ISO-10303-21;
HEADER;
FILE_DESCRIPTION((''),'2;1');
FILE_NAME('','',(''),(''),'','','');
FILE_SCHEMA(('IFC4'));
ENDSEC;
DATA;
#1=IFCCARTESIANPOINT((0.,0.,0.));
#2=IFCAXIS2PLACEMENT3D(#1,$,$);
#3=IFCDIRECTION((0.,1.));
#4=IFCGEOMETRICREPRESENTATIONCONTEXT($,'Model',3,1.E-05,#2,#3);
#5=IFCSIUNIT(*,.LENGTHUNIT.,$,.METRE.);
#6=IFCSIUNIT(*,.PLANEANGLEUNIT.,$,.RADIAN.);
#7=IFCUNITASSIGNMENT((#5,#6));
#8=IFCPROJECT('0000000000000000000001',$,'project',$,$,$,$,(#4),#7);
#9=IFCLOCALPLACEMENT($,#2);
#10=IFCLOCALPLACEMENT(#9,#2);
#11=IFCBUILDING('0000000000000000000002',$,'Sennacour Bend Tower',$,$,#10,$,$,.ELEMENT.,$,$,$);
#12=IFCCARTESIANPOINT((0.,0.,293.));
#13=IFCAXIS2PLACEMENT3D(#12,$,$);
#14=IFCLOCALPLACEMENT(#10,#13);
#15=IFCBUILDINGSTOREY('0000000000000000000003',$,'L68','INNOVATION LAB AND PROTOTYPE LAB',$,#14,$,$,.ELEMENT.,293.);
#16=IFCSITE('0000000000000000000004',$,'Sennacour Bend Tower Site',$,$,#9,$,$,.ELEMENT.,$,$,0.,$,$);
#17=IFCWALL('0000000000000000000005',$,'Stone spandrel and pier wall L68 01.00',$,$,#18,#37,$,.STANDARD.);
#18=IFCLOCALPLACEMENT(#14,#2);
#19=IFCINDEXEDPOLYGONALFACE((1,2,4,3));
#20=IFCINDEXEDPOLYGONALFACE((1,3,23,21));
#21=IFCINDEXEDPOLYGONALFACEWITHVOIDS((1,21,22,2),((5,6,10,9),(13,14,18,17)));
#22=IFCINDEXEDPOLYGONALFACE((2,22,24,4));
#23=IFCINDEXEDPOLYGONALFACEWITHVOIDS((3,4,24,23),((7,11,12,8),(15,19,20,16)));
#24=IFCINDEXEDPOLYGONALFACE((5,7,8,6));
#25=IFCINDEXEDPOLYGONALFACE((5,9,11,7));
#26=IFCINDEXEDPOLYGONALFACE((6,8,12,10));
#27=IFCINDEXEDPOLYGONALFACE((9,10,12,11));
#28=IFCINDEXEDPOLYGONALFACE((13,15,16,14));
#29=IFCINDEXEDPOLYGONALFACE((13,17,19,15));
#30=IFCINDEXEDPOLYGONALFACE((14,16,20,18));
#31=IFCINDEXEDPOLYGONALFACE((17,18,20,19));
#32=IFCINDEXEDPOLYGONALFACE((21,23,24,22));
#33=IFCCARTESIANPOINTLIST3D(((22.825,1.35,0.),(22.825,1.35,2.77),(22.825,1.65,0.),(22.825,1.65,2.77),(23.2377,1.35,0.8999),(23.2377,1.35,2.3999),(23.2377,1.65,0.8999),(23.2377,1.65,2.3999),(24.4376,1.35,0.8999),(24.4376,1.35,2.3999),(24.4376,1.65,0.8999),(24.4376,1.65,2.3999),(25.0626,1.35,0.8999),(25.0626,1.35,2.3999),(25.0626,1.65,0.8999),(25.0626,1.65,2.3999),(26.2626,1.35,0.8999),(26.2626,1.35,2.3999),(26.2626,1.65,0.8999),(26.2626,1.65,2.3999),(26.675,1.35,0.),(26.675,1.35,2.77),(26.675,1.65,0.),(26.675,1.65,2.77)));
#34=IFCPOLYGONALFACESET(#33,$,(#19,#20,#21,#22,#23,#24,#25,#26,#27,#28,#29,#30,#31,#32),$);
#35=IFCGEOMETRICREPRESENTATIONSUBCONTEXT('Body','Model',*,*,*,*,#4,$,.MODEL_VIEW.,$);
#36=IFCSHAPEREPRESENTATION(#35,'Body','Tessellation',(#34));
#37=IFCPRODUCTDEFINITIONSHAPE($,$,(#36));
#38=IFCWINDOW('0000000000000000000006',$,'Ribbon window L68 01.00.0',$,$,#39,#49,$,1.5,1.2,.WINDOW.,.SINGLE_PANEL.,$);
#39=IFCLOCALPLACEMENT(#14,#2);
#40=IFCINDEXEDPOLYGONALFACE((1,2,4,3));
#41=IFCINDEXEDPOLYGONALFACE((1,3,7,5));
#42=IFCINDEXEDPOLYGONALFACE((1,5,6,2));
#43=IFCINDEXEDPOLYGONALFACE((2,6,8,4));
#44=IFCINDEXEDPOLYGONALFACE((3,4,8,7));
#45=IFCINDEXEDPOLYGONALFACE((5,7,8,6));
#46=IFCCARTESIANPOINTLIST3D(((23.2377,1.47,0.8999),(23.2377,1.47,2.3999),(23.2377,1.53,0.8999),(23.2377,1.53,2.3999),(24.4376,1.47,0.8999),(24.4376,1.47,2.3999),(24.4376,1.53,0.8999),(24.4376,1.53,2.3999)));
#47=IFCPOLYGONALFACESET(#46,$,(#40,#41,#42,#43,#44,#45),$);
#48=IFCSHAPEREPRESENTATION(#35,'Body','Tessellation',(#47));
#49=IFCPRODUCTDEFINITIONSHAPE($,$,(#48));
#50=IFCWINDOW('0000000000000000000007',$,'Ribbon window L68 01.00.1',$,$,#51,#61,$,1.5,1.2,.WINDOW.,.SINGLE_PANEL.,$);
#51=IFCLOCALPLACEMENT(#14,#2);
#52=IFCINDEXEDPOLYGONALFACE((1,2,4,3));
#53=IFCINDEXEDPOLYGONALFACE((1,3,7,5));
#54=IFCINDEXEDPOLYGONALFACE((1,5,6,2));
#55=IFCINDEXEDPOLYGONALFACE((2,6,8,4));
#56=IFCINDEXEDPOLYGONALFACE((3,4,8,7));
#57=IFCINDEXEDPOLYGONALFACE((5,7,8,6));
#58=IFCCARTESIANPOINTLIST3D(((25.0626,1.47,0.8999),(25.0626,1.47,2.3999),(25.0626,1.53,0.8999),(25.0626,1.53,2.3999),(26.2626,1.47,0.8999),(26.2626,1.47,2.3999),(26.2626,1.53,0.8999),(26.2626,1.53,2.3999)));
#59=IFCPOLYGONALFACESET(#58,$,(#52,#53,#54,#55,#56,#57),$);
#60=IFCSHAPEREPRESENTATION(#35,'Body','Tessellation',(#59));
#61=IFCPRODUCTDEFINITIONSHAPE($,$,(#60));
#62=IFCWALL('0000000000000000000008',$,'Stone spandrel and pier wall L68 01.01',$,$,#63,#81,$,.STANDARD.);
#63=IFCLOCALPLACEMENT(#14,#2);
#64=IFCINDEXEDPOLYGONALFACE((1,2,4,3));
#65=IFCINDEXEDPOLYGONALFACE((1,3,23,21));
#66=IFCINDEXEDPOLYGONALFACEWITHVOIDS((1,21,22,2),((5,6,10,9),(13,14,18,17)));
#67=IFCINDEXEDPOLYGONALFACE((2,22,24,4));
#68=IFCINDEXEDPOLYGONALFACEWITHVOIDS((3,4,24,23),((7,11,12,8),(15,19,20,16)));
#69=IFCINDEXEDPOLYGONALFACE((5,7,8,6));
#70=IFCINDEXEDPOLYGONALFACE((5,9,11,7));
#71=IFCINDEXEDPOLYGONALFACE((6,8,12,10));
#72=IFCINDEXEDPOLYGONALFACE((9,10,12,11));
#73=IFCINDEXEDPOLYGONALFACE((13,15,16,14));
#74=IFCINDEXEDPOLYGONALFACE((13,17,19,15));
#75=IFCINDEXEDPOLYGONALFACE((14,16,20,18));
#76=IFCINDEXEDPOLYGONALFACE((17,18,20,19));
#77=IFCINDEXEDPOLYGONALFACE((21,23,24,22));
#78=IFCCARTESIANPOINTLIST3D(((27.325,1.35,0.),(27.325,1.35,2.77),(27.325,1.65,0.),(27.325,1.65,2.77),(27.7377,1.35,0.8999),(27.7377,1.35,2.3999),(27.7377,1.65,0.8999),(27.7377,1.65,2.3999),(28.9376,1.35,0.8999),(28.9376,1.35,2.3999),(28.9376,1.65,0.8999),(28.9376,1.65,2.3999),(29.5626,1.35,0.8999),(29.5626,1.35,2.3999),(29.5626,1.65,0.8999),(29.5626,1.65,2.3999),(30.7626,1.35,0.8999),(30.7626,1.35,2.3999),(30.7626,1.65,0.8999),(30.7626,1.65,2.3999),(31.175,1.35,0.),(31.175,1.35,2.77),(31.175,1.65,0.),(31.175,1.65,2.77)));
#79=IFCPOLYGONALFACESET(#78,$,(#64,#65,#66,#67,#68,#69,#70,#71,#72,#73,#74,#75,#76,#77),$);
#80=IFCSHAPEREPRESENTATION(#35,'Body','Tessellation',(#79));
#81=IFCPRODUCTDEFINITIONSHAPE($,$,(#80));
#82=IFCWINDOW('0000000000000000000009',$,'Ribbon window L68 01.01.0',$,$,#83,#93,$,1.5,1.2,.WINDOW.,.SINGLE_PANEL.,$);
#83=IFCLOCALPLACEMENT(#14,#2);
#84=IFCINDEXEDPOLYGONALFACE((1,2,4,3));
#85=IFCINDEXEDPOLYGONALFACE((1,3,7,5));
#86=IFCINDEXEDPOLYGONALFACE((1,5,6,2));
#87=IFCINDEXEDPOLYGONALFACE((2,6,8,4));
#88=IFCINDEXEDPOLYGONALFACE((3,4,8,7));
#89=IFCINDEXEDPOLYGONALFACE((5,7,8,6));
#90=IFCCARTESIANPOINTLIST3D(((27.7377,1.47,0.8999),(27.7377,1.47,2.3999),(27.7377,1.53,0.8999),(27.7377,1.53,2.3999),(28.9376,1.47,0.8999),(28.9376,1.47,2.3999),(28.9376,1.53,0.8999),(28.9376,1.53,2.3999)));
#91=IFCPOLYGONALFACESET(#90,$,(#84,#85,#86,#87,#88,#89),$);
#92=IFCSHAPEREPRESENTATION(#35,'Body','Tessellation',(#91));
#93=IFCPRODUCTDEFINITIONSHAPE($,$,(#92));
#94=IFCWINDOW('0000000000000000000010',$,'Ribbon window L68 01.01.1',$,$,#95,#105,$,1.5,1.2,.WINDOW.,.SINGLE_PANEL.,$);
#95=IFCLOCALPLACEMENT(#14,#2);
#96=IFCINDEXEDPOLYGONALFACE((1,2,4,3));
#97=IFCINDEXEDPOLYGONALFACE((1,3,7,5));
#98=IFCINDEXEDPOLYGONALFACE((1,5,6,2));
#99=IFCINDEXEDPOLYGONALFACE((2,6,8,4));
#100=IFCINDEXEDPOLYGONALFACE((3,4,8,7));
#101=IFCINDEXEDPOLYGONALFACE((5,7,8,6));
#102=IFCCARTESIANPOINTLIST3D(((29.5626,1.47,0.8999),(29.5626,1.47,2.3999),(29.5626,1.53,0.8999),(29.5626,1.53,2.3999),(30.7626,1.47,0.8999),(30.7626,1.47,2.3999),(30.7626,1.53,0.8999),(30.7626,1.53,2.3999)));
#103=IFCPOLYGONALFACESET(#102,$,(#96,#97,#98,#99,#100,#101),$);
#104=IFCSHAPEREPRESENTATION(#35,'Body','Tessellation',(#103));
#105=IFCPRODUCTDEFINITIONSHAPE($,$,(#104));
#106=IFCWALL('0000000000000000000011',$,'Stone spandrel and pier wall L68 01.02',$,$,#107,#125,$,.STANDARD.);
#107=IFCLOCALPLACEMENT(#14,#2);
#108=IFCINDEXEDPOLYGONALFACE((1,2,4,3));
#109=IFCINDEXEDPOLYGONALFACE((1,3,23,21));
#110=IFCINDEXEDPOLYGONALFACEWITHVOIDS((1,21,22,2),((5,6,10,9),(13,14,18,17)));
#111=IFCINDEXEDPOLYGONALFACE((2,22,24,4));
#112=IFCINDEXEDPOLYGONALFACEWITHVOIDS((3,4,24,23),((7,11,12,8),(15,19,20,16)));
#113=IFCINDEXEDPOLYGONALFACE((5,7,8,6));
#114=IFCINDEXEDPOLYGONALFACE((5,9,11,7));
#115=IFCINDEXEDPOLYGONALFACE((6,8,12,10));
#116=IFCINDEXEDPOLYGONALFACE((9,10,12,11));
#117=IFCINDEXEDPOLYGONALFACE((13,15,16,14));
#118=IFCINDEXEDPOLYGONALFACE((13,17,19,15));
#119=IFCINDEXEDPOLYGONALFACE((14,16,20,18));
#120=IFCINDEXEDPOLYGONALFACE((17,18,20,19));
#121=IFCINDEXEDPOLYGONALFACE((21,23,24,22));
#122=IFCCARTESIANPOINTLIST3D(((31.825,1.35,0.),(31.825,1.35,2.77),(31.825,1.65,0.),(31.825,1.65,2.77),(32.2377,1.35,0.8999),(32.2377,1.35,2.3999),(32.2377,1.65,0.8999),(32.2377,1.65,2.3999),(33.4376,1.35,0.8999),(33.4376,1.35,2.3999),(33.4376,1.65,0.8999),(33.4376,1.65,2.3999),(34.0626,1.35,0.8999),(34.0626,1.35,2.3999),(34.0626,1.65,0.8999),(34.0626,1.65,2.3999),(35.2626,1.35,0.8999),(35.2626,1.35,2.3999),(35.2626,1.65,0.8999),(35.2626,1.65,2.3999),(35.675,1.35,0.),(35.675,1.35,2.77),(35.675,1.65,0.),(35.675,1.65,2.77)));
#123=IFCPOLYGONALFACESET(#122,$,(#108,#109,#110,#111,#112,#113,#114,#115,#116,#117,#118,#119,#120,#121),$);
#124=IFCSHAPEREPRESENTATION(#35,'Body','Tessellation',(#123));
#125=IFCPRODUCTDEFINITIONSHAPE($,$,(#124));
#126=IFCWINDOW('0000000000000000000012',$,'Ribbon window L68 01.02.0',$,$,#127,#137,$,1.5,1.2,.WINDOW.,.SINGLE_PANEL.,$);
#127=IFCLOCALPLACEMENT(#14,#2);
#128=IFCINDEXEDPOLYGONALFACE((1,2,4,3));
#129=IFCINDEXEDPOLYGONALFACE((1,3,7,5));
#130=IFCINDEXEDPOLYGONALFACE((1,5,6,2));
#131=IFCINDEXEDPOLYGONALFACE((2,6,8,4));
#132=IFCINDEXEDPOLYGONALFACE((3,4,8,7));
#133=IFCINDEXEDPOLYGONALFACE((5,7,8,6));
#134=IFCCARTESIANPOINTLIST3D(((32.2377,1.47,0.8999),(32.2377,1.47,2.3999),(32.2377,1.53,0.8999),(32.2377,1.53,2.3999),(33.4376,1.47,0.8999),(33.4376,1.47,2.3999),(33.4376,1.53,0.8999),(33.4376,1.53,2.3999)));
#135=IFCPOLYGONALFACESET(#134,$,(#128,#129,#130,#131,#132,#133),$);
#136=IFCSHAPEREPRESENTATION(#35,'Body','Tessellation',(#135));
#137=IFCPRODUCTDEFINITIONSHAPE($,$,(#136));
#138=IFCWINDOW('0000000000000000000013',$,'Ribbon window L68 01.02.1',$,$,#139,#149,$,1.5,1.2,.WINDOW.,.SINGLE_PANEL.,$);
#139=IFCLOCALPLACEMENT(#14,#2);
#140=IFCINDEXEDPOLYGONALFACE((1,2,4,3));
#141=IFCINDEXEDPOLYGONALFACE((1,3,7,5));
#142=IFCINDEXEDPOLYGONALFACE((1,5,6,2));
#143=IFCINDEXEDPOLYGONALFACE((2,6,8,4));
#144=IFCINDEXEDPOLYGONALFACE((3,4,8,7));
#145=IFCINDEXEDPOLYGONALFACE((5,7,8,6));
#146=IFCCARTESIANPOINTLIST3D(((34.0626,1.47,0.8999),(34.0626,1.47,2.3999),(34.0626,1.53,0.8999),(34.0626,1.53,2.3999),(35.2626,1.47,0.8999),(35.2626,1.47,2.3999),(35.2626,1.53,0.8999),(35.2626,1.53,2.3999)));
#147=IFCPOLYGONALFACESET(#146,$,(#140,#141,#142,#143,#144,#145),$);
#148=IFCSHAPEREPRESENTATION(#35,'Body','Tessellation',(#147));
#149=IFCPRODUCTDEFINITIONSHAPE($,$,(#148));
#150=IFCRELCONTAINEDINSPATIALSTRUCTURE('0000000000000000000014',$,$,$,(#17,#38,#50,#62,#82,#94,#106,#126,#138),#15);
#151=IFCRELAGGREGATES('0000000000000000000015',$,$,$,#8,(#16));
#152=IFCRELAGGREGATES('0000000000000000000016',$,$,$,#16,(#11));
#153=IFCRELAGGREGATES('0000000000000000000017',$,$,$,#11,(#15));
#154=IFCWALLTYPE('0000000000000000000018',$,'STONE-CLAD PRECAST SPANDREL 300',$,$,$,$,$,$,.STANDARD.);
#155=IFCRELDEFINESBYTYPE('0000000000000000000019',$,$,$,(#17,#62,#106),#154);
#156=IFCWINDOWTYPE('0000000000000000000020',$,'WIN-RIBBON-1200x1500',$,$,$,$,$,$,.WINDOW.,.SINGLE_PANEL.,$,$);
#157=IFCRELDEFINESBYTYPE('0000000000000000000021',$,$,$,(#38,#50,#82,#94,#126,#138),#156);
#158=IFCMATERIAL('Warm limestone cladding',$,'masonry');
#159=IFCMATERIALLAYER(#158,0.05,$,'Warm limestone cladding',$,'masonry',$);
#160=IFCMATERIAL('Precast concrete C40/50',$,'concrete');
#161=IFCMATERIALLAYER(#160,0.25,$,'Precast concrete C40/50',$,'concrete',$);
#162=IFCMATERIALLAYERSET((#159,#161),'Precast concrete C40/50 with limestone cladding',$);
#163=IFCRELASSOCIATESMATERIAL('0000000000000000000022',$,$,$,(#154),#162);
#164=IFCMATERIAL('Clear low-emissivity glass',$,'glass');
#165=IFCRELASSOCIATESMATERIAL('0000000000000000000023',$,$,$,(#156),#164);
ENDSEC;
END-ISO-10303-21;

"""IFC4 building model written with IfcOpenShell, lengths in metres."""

from ifc_helpers import new_model, si_unit, direction, frame, frame_2d, origin, place, context, subcontext, project, spatial, rectangle, extrude, material, layer, layer_set, type_object, element, fill, save


model = new_model("IFC4")

# Units and contexts
model_context = context("Model", 3, precision=1e-05, world=origin(), true_north=direction((0.0, 1.0)))
body_context = subcontext(model_context, "Body", "Model", "MODEL_VIEW")
ifc_project = project(units=[si_unit("LENGTHUNIT", "METRE"), si_unit("PLANEANGLEUNIT", "RADIAN")], contexts=[model_context])

# Site, building, storey
site_placement = place(None, origin())
site = spatial("IfcSite", under=ifc_project, at=site_placement, Name="Sennacour Bend Tower Site", CompositionType="ELEMENT", RefElevation=0.0)
building_placement = place(site_placement, origin())
building = spatial("IfcBuilding", under=site, at=building_placement, Name="Sennacour Bend Tower", CompositionType="ELEMENT")
storey_placement = place(building_placement, frame((0.0, 0.0, 293.0)))
storey = spatial("IfcBuildingStorey", under=building, at=storey_placement, Name="L68", Description="INNOVATION LAB AND PROTOTYPE LAB", CompositionType="ELEMENT", Elevation=293.0)

# Walls, openings, windows
ifc_material_1 = material(Name="Warm limestone cladding", Category="masonry")
ifc_layer_1 = layer(ifc_material_1, 0.05, Name="Warm limestone cladding", Category="masonry")
ifc_material_2 = material(Name="Precast concrete C40/50", Category="concrete")
ifc_layer_2 = layer(ifc_material_2, 0.25, Name="Precast concrete C40/50", Category="concrete")
ifc_layer_set_1 = layer_set([ifc_layer_1, ifc_layer_2], Name="Precast concrete C40/50 with limestone cladding")
wall_type_1 = type_object("IfcWallType", Name="STONE-CLAD PRECAST SPANDREL 300", PredefinedType="STANDARD", material=ifc_layer_set_1)
wall_1_placement = place(storey_placement, frame((22.825, 1.5, 0.0), z_axis=(0.0, 0.0, 1.0), x_axis=(1.0, 0.0, 0.0)))
wall_1 = element("IfcWall", 1, at=wall_1_placement, inside=storey, type_object=wall_type_1, Name="Stone spandrel and pier wall L68 01.00", PredefinedType="STANDARD", context=body_context, shape_type="SweptSolid", body=[
    extrude(rectangle(XDim=3.8501, YDim=0.3, at=frame_2d((1.925, 0.0))), origin(), (0.0, 0.0, 1.0), 2.77),
])
opening_1_placement = place(wall_1_placement, frame((0.4126, 0.0, 0.8999)))
opening_1 = element("IfcOpeningElement", 2, at=opening_1_placement, cuts=wall_1, PredefinedType="OPENING", context=body_context, shape_type="SweptSolid", body=[
    extrude(rectangle(XDim=1.2, YDim=1.5, at=frame_2d((0.6001, 0.75))), frame((0.0, 0.1602, 0.0), z_axis=(0.0, -1.0, 0.0), x_axis=(1.0, 0.0, 0.0)), (0.0, 0.0, 1.0), 0.3201),
])
opening_2_placement = place(wall_1_placement, frame((2.2375, 0.0, 0.8999)))
opening_2 = element("IfcOpeningElement", 3, at=opening_2_placement, cuts=wall_1, PredefinedType="OPENING", context=body_context, shape_type="SweptSolid", body=[
    extrude(rectangle(XDim=1.2, YDim=1.5, at=frame_2d((0.6001, 0.75))), frame((0.0, 0.1602, 0.0), z_axis=(0.0, -1.0, 0.0), x_axis=(1.0, 0.0, 0.0)), (0.0, 0.0, 1.0), 0.3201),
])
ifc_material_3 = material(Name="Clear low-emissivity glass", Category="glass")
window_type = type_object("IfcWindowType", Name="WIN-RIBBON-1200x1500", PartitioningType="SINGLE_PANEL", PredefinedType="WINDOW", material=ifc_material_3)
window_1_placement = place(opening_1_placement, origin())
window_1 = element("IfcWindow", 4, at=window_1_placement, inside=storey, type_object=window_type, Name="Ribbon window L68 01.00.0", OverallHeight=1.5, OverallWidth=1.2, PartitioningType="SINGLE_PANEL", PredefinedType="WINDOW", context=body_context, shape_type="SweptSolid", body=[
    extrude(rectangle(XDim=1.2, YDim=1.5, at=frame_2d((0.6001, 0.75))), frame((0.0, 0.03, 0.0), z_axis=(0.0, -1.0, 0.0), x_axis=(1.0, 0.0, 0.0)), (0.0, 0.0, 1.0), 0.0601),
])
fill(opening_1, window_1)
window_2_placement = place(opening_2_placement, origin())
window_2 = element("IfcWindow", 5, at=window_2_placement, inside=storey, type_object=window_type, Name="Ribbon window L68 01.00.1", OverallHeight=1.5, OverallWidth=1.2, PartitioningType="SINGLE_PANEL", PredefinedType="WINDOW", context=body_context, shape_type="SweptSolid", body=[
    extrude(rectangle(XDim=1.2, YDim=1.5, at=frame_2d((0.6001, 0.75))), frame((0.0, 0.03, 0.0), z_axis=(0.0, -1.0, 0.0), x_axis=(1.0, 0.0, 0.0)), (0.0, 0.0, 1.0), 0.0601),
])
fill(opening_2, window_2)
wall_2_placement = place(storey_placement, frame((27.325, 1.5, 0.0), z_axis=(0.0, 0.0, 1.0), x_axis=(1.0, 0.0, 0.0)))
wall_2 = element("IfcWall", 6, at=wall_2_placement, inside=storey, type_object=wall_type_1, Name="Stone spandrel and pier wall L68 01.01", PredefinedType="STANDARD", context=body_context, shape_type="SweptSolid", body=[
    extrude(rectangle(XDim=3.8501, YDim=0.3, at=frame_2d((1.925, 0.0))), origin(), (0.0, 0.0, 1.0), 2.77),
])
opening_3_placement = place(wall_2_placement, frame((0.4126, 0.0, 0.8999)))
opening_3 = element("IfcOpeningElement", 7, at=opening_3_placement, cuts=wall_2, PredefinedType="OPENING", context=body_context, shape_type="SweptSolid", body=[
    extrude(rectangle(XDim=1.2, YDim=1.5, at=frame_2d((0.6001, 0.75))), frame((0.0, 0.1602, 0.0), z_axis=(0.0, -1.0, 0.0), x_axis=(1.0, 0.0, 0.0)), (0.0, 0.0, 1.0), 0.3201),
])
opening_4_placement = place(wall_2_placement, frame((2.2375, 0.0, 0.8999)))
opening_4 = element("IfcOpeningElement", 8, at=opening_4_placement, cuts=wall_2, PredefinedType="OPENING", context=body_context, shape_type="SweptSolid", body=[
    extrude(rectangle(XDim=1.2, YDim=1.5, at=frame_2d((0.6001, 0.75))), frame((0.0, 0.1602, 0.0), z_axis=(0.0, -1.0, 0.0), x_axis=(1.0, 0.0, 0.0)), (0.0, 0.0, 1.0), 0.3201),
])
window_3_placement = place(opening_3_placement, origin())
window_3 = element("IfcWindow", 9, at=window_3_placement, inside=storey, type_object=window_type, Name="Ribbon window L68 01.01.0", OverallHeight=1.5, OverallWidth=1.2, PartitioningType="SINGLE_PANEL", PredefinedType="WINDOW", context=body_context, shape_type="SweptSolid", body=[
    extrude(rectangle(XDim=1.2, YDim=1.5, at=frame_2d((0.6001, 0.75))), frame((0.0, 0.03, 0.0), z_axis=(0.0, -1.0, 0.0), x_axis=(1.0, 0.0, 0.0)), (0.0, 0.0, 1.0), 0.0601),
])
fill(opening_3, window_3)
window_4_placement = place(opening_4_placement, origin())
window_4 = element("IfcWindow", 10, at=window_4_placement, inside=storey, type_object=window_type, Name="Ribbon window L68 01.01.1", OverallHeight=1.5, OverallWidth=1.2, PartitioningType="SINGLE_PANEL", PredefinedType="WINDOW", context=body_context, shape_type="SweptSolid", body=[
    extrude(rectangle(XDim=1.2, YDim=1.5, at=frame_2d((0.6001, 0.75))), frame((0.0, 0.03, 0.0), z_axis=(0.0, -1.0, 0.0), x_axis=(1.0, 0.0, 0.0)), (0.0, 0.0, 1.0), 0.0601),
])
fill(opening_4, window_4)
wall_3_placement = place(storey_placement, frame((31.825, 1.5, 0.0), z_axis=(0.0, 0.0, 1.0), x_axis=(1.0, 0.0, 0.0)))
wall_3 = element("IfcWall", 11, at=wall_3_placement, inside=storey, type_object=wall_type_1, Name="Stone spandrel and pier wall L68 01.02", PredefinedType="STANDARD", context=body_context, shape_type="SweptSolid", body=[
    extrude(rectangle(XDim=3.8501, YDim=0.3, at=frame_2d((1.925, 0.0))), origin(), (0.0, 0.0, 1.0), 2.77),
])
opening_5_placement = place(wall_3_placement, frame((0.4126, 0.0, 0.8999)))
opening_5 = element("IfcOpeningElement", 12, at=opening_5_placement, cuts=wall_3, PredefinedType="OPENING", context=body_context, shape_type="SweptSolid", body=[
    extrude(rectangle(XDim=1.2, YDim=1.5, at=frame_2d((0.6001, 0.75))), frame((0.0, 0.1602, 0.0), z_axis=(0.0, -1.0, 0.0), x_axis=(1.0, 0.0, 0.0)), (0.0, 0.0, 1.0), 0.3201),
])
opening_6_placement = place(wall_3_placement, frame((2.2375, 0.0, 0.8999)))
opening_6 = element("IfcOpeningElement", 13, at=opening_6_placement, cuts=wall_3, PredefinedType="OPENING", context=body_context, shape_type="SweptSolid", body=[
    extrude(rectangle(XDim=1.2, YDim=1.5, at=frame_2d((0.6001, 0.75))), frame((0.0, 0.1602, 0.0), z_axis=(0.0, -1.0, 0.0), x_axis=(1.0, 0.0, 0.0)), (0.0, 0.0, 1.0), 0.3201),
])
window_5_placement = place(opening_5_placement, origin())
window_5 = element("IfcWindow", 14, at=window_5_placement, inside=storey, type_object=window_type, Name="Ribbon window L68 01.02.0", OverallHeight=1.5, OverallWidth=1.2, PartitioningType="SINGLE_PANEL", PredefinedType="WINDOW", context=body_context, shape_type="SweptSolid", body=[
    extrude(rectangle(XDim=1.2, YDim=1.5, at=frame_2d((0.6001, 0.75))), frame((0.0, 0.03, 0.0), z_axis=(0.0, -1.0, 0.0), x_axis=(1.0, 0.0, 0.0)), (0.0, 0.0, 1.0), 0.0601),
])
fill(opening_5, window_5)
window_6_placement = place(opening_6_placement, origin())
window_6 = element("IfcWindow", 15, at=window_6_placement, inside=storey, type_object=window_type, Name="Ribbon window L68 01.02.1", OverallHeight=1.5, OverallWidth=1.2, PartitioningType="SINGLE_PANEL", PredefinedType="WINDOW", context=body_context, shape_type="SweptSolid", body=[
    extrude(rectangle(XDim=1.2, YDim=1.5, at=frame_2d((0.6001, 0.75))), frame((0.0, 0.03, 0.0), z_axis=(0.0, -1.0, 0.0), x_axis=(1.0, 0.0, 0.0)), (0.0, 0.0, 1.0), 0.0601),
])
fill(opening_6, window_6)

save(model, "model.ifc")
